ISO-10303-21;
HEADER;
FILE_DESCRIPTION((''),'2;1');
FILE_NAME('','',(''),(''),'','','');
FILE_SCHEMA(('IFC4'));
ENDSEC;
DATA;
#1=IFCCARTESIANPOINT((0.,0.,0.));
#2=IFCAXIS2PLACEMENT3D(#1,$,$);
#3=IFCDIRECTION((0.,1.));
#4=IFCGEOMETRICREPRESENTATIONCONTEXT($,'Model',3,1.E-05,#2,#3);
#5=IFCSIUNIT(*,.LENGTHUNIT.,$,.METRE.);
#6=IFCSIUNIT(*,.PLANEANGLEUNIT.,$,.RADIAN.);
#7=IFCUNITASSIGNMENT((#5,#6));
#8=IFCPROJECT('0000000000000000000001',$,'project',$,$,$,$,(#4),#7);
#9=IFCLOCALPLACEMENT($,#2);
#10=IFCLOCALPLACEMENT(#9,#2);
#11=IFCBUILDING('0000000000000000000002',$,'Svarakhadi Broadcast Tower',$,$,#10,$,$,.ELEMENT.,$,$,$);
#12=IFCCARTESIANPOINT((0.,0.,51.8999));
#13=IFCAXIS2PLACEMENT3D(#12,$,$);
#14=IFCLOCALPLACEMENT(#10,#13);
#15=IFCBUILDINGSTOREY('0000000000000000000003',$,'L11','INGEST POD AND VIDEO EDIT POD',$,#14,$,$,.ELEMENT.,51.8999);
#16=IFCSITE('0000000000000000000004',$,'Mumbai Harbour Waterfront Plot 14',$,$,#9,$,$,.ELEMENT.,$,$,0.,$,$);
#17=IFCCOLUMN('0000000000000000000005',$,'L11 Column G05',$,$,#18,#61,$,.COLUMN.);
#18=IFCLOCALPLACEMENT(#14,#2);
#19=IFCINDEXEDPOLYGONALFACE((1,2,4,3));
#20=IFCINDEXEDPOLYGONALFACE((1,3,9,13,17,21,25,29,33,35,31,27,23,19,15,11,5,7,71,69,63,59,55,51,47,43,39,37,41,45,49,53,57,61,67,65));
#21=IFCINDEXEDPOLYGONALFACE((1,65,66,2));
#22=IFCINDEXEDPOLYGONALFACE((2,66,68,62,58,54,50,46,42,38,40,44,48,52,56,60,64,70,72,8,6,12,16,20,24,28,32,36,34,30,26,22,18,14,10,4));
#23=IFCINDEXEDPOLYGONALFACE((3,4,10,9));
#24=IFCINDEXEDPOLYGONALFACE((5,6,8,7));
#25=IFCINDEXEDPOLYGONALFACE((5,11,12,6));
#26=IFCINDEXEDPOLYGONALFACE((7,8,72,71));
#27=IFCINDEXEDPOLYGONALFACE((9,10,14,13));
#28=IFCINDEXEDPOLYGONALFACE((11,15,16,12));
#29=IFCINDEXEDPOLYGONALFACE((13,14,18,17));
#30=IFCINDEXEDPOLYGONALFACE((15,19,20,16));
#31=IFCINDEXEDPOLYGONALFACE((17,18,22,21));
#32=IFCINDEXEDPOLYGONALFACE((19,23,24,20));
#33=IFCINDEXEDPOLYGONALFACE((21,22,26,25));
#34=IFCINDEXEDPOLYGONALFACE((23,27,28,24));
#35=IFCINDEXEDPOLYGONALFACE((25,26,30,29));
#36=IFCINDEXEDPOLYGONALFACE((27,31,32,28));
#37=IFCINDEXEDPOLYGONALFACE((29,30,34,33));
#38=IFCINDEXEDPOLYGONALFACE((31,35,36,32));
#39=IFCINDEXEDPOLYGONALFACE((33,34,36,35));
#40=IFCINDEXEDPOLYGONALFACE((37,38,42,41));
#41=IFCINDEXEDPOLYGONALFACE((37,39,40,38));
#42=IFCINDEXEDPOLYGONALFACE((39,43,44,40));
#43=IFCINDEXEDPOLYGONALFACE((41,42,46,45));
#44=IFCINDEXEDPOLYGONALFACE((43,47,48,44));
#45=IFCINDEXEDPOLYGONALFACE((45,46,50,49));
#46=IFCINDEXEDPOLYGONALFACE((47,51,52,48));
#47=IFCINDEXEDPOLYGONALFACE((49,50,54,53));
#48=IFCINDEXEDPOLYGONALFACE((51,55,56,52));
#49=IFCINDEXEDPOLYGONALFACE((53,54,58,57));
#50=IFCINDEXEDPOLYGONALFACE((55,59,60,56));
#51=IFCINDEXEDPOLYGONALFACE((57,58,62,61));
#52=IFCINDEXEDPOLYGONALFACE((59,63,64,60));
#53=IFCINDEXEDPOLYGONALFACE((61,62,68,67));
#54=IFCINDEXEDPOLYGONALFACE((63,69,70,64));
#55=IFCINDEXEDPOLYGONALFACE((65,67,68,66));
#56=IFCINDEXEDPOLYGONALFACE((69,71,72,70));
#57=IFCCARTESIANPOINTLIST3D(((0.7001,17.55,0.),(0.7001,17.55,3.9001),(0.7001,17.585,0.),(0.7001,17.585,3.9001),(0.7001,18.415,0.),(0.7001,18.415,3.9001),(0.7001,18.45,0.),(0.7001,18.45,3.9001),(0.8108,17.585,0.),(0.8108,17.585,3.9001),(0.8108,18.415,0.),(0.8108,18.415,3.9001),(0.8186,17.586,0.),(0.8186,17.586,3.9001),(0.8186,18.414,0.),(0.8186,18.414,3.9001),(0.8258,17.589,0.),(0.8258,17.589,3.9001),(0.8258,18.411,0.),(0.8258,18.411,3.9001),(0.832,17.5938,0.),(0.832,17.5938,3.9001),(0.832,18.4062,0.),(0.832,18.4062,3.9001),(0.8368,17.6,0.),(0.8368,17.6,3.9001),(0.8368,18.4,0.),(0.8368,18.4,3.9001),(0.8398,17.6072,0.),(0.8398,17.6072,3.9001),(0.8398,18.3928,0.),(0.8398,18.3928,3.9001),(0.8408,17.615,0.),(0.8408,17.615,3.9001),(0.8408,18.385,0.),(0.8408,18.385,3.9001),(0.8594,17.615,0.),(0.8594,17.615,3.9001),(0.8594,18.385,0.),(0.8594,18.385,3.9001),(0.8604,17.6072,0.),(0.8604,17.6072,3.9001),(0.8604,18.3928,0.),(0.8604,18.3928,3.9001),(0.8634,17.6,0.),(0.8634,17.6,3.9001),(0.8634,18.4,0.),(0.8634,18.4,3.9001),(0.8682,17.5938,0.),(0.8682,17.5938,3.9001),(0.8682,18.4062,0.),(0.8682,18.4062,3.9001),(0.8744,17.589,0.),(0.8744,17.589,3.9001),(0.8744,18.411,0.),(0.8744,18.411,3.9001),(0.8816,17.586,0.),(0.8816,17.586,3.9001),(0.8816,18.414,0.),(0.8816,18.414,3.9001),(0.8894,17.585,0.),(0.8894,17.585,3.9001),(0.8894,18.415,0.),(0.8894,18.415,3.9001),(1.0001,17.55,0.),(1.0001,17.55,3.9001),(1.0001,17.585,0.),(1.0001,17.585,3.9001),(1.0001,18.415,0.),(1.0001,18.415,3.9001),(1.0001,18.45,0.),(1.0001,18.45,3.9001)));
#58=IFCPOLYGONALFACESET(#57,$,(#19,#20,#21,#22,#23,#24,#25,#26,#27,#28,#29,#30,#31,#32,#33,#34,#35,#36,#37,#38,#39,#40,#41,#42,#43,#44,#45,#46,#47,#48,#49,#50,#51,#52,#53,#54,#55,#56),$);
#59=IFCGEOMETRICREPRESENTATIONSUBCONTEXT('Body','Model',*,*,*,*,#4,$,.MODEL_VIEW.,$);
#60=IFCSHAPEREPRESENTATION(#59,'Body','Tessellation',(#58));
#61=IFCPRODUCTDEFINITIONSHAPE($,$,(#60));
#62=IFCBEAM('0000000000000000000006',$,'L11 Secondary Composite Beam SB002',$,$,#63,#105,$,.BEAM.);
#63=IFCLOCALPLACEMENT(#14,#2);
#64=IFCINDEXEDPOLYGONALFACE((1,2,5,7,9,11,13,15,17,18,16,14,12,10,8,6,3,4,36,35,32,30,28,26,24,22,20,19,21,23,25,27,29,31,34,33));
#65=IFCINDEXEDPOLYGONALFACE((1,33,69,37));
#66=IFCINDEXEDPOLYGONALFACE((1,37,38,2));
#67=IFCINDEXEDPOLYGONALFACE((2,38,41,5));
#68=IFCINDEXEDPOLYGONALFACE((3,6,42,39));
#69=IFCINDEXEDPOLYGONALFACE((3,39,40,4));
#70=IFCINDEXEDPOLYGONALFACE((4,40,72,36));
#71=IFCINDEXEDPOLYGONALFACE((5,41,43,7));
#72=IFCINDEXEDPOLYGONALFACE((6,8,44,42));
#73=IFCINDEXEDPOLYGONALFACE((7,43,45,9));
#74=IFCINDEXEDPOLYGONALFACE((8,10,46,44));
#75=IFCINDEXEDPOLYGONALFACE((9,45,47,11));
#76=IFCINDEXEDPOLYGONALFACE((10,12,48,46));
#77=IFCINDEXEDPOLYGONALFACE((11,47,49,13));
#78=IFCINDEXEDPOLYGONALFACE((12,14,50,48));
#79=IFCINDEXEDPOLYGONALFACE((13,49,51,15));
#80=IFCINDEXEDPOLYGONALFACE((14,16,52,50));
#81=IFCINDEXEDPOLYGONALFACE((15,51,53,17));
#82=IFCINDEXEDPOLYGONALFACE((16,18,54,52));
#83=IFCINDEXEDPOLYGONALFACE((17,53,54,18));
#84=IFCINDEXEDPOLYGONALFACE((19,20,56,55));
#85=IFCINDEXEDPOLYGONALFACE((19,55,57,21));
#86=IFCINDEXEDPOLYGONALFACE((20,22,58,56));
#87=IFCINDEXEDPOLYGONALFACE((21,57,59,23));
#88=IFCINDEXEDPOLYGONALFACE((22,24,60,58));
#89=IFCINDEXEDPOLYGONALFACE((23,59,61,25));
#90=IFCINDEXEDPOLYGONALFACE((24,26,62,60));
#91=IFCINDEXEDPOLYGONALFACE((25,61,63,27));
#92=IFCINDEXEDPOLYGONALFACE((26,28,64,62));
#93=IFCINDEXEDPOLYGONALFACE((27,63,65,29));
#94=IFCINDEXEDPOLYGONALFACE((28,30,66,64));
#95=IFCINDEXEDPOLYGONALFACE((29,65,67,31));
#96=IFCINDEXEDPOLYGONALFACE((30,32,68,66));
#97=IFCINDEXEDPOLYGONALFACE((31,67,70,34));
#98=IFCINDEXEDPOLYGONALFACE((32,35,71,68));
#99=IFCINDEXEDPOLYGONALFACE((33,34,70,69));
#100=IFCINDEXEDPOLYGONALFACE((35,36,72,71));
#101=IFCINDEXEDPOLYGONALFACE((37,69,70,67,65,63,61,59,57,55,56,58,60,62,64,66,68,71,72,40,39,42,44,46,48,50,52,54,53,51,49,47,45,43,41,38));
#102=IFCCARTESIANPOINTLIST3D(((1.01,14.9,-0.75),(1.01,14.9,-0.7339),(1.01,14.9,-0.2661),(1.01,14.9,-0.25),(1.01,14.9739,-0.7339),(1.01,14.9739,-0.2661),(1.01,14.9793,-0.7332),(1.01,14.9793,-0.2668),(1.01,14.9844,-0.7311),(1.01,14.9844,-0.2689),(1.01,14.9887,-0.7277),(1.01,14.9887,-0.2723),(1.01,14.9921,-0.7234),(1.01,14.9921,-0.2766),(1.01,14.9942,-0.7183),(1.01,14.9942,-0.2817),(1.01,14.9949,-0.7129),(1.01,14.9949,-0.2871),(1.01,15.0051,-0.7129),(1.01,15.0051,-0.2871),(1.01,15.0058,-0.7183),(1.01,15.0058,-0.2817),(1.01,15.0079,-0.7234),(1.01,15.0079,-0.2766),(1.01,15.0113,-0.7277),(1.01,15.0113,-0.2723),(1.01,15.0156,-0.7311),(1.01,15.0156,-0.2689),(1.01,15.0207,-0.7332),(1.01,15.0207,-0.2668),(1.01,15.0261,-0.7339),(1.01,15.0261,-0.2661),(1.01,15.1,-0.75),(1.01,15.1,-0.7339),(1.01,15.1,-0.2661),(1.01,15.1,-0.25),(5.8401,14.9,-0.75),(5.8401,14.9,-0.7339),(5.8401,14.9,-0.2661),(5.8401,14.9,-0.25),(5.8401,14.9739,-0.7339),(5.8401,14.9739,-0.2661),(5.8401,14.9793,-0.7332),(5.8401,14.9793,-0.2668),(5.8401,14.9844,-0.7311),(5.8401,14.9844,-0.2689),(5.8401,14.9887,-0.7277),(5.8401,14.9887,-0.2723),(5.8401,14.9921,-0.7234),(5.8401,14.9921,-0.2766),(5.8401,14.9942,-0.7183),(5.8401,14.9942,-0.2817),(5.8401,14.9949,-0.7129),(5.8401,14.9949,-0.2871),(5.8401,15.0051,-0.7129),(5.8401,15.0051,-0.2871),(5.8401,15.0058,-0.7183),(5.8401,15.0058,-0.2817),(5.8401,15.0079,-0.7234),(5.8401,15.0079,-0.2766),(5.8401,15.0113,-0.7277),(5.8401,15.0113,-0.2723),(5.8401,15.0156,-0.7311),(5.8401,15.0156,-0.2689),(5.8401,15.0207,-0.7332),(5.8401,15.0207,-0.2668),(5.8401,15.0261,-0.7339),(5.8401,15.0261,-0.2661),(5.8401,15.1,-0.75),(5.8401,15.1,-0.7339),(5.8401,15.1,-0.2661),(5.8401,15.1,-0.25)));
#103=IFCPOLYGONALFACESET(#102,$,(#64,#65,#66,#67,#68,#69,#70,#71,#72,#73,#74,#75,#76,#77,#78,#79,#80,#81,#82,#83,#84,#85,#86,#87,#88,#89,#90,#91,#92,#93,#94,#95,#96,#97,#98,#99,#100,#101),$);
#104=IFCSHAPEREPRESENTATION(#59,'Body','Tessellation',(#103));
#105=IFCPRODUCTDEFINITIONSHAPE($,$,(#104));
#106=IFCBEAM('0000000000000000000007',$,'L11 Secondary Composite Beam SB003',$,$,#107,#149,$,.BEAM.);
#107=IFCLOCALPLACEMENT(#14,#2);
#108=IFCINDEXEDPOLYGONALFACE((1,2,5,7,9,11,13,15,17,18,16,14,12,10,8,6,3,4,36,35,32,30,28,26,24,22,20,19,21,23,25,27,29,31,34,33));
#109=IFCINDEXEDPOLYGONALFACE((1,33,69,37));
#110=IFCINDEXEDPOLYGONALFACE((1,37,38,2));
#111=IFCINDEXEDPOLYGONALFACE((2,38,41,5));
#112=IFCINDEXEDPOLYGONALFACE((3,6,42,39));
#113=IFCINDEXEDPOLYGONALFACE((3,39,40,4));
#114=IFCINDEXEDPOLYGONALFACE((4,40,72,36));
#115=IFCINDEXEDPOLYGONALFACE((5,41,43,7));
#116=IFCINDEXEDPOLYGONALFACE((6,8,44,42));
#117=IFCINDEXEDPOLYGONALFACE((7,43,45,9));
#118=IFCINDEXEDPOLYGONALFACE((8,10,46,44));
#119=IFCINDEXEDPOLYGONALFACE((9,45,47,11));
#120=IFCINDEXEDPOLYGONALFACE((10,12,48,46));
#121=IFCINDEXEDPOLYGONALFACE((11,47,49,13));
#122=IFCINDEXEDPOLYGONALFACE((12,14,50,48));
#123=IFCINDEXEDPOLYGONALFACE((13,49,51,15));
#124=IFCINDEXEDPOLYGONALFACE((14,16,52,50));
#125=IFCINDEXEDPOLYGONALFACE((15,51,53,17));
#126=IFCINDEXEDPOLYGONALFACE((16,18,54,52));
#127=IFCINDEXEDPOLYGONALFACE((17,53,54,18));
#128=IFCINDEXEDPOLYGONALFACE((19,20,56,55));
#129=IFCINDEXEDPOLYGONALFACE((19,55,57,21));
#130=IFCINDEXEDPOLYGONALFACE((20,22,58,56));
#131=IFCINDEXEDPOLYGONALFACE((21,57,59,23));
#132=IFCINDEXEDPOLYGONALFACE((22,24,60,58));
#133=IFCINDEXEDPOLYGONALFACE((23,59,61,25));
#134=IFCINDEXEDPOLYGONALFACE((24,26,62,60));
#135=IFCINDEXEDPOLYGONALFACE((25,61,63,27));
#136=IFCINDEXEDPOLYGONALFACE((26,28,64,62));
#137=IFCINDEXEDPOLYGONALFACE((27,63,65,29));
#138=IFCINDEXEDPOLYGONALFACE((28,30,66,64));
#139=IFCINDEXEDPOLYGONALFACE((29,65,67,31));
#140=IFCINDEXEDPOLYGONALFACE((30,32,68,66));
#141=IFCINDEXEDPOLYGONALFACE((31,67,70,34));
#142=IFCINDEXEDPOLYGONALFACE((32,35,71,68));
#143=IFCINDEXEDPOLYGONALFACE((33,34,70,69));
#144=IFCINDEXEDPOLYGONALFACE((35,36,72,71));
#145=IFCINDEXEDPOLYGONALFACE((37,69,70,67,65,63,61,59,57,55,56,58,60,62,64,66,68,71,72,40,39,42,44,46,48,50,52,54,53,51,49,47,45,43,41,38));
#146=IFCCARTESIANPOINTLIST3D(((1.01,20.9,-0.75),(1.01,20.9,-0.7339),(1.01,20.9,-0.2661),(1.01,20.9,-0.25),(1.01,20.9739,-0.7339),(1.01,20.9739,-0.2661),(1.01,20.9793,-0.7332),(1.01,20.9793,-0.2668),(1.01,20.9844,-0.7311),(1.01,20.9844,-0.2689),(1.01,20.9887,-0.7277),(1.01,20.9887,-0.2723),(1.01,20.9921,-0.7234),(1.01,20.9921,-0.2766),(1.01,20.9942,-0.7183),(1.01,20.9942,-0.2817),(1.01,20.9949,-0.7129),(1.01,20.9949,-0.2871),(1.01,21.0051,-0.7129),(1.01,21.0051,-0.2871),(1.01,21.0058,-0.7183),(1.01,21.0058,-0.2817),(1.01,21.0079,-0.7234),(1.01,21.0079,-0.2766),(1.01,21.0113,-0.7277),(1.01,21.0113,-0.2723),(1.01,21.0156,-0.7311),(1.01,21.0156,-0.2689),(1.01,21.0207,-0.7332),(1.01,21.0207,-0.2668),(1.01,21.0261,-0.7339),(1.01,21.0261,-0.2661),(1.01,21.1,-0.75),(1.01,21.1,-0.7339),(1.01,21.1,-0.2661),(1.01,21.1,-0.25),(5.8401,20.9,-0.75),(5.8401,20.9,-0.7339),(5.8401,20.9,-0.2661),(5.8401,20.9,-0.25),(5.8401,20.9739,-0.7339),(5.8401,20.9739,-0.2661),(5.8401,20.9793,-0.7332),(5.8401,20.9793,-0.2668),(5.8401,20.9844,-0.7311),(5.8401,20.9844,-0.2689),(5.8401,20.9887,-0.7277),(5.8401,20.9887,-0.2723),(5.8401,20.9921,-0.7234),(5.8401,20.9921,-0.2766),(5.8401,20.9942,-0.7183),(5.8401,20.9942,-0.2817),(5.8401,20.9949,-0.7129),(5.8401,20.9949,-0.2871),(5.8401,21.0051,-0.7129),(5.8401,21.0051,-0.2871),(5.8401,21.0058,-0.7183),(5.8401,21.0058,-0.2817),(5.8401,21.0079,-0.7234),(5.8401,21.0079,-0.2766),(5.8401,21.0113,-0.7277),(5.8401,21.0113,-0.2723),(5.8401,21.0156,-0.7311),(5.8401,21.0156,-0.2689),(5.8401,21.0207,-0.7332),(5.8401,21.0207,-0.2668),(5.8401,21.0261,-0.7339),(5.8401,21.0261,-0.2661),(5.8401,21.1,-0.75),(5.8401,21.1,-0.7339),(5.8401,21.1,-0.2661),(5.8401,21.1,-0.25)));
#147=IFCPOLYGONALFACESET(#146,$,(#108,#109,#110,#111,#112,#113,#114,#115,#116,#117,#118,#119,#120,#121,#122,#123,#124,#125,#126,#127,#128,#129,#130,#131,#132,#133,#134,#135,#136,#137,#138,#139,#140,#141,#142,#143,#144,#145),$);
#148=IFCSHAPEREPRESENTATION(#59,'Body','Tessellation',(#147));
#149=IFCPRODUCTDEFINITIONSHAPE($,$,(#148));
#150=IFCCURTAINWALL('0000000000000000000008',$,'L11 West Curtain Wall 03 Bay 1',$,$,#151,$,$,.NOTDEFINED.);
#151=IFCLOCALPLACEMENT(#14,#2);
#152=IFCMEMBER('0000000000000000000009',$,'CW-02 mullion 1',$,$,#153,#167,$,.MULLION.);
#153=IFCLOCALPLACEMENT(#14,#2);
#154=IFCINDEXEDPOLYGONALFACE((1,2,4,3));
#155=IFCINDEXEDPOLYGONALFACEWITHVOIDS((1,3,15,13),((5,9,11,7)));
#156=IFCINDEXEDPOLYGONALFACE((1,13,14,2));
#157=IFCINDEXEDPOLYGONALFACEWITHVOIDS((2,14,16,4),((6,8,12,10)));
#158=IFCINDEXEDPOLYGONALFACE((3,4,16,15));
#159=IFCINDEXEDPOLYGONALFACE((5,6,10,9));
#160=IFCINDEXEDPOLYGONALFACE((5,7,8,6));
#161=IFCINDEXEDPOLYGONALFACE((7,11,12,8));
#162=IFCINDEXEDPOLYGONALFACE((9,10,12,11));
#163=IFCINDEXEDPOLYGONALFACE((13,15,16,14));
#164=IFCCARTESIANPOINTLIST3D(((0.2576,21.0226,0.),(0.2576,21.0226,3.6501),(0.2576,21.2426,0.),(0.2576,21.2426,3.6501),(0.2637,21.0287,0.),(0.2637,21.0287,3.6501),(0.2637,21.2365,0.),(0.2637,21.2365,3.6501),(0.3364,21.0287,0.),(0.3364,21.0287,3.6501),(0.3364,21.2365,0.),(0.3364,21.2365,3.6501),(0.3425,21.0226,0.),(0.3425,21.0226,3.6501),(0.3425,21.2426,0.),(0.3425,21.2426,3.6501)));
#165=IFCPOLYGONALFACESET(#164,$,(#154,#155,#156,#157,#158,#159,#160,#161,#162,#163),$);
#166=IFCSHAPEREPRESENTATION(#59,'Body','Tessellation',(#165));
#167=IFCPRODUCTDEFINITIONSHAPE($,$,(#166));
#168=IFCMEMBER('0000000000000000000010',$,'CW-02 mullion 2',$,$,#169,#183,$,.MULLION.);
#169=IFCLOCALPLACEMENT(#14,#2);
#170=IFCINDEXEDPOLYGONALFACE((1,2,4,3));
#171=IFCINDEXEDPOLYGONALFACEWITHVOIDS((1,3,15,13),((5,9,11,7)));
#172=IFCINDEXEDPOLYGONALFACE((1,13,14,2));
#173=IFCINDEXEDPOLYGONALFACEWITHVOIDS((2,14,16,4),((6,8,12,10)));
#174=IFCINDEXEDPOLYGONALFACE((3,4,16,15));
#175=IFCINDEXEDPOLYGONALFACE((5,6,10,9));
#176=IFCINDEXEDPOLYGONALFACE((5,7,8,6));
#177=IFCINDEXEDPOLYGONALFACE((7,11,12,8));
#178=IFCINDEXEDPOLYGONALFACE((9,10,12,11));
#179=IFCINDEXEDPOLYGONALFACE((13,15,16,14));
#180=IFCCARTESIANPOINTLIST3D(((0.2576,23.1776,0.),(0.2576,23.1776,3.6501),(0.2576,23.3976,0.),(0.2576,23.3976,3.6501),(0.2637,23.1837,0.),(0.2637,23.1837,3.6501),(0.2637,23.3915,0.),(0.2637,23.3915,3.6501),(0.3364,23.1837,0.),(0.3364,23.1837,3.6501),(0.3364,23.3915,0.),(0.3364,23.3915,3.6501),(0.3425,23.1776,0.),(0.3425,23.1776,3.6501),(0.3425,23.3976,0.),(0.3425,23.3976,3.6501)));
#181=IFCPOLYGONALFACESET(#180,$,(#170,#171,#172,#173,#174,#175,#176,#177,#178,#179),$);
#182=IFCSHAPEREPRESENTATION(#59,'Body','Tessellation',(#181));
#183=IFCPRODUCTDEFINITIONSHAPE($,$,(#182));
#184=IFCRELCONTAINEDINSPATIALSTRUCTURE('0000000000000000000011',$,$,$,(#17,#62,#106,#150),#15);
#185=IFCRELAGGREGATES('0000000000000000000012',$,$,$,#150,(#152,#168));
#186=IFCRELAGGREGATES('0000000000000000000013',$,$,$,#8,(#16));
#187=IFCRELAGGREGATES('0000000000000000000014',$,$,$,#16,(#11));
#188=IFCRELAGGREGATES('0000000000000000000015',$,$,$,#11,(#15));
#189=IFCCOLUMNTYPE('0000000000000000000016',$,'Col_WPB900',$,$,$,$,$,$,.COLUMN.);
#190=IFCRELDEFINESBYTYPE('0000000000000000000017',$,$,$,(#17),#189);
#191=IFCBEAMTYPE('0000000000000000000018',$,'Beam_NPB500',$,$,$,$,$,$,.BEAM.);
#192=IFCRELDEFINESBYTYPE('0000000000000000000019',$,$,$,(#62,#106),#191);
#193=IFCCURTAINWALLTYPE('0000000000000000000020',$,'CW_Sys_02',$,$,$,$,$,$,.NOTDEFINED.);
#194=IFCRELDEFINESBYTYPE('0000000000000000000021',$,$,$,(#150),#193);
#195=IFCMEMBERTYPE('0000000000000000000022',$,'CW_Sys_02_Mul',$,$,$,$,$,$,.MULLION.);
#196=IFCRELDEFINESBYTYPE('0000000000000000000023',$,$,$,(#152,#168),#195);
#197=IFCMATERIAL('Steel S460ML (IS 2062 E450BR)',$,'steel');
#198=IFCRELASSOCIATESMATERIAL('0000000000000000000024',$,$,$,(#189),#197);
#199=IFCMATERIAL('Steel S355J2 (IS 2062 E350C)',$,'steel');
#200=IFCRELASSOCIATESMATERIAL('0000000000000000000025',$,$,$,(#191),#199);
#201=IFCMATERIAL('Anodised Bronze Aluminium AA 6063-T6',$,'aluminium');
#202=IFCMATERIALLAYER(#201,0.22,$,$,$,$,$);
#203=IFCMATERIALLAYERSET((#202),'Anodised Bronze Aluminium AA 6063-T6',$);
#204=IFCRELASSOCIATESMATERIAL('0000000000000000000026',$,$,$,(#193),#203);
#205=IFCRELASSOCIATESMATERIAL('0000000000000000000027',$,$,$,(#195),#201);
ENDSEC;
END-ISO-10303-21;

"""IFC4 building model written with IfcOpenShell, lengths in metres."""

from ifc_helpers import new_model, si_unit, direction, frame, origin, origin_2d, place, context, subcontext, project, spatial, hollow_rectangle, i_section, extrude, material, layer, layer_set, material_profile, profile_set, type_object, element, aggregate, save


model = new_model("IFC4")

# Units and contexts
model_context = context("Model", 3, precision=1e-05, world=origin(), true_north=direction((0.0, 1.0)))
body_context = subcontext(model_context, "Body", "Model", "MODEL_VIEW")
ifc_project = project(units=[si_unit("LENGTHUNIT", "METRE"), si_unit("PLANEANGLEUNIT", "RADIAN")], contexts=[model_context])

# Site, building, storey
site_placement = place(None, origin())
site = spatial("IfcSite", under=ifc_project, at=site_placement, Name="Mumbai Harbour Waterfront Plot 14", CompositionType="ELEMENT", RefElevation=0.0)
building_placement = place(site_placement, origin())
building = spatial("IfcBuilding", under=site, at=building_placement, Name="Svarakhadi Broadcast Tower", CompositionType="ELEMENT")
storey_placement = place(building_placement, frame((0.0, 0.0, 51.8999)))
storey = spatial("IfcBuildingStorey", under=building, at=storey_placement, Name="L11", Description="INGEST POD AND VIDEO EDIT POD", CompositionType="ELEMENT", Elevation=51.8999)

# Column
ifc_material_1 = material(Name="Steel S460ML (IS 2062 E450BR)", Category="steel")
ifc_material_profile_1 = material_profile(ifc_material_1, i_section(OverallWidth=0.3, OverallDepth=0.8999, WebThickness=0.0186, FlangeThickness=0.0349, FilletRadius=0.03, at=origin_2d()), Name="WPB 900x300x291")
ifc_profile_set_1 = profile_set([ifc_material_profile_1], Name="Steel S460ML (IS 2062 E450BR)")
column_type = type_object("IfcColumnType", Name="Col_WPB900", PredefinedType="COLUMN", material=ifc_profile_set_1)
column_placement = place(storey_placement, frame((0.8501, 18.0, 0.0), z_axis=(0.0, 0.0, 1.0), x_axis=(1.0, 0.0, 0.0)))
element("IfcColumn", 1, at=column_placement, inside=storey, type_object=column_type, Name="L11 Column G05", PredefinedType="COLUMN", context=body_context, shape_type="SweptSolid", body=[
    extrude(i_section(OverallWidth=0.3, OverallDepth=0.8999, WebThickness=0.0186, FlangeThickness=0.0349, FilletRadius=0.03, at=origin_2d()), origin(), (0.0, 0.0, 1.0), 3.9001),
])

# Beams
ifc_material_2 = material(Name="Steel S355J2 (IS 2062 E350C)", Category="steel")
ifc_material_profile_2 = material_profile(ifc_material_2, i_section(OverallWidth=0.2, OverallDepth=0.5, WebThickness=0.0103, FlangeThickness=0.0161, FilletRadius=0.021, at=origin_2d()), Name="NPB 500x200x91")
ifc_profile_set_2 = profile_set([ifc_material_profile_2], Name="Steel S355J2 (IS 2062 E350C)")
beam_type_1 = type_object("IfcBeamType", Name="Beam_NPB500", PredefinedType="BEAM", material=ifc_profile_set_2)
for number, where, z_axis, x_axis, name in (
    (2, (1.01, 15.0, -0.5), (1.0, 0.0, 0.0), (0.0, 1.0, 0.0), "L11 Secondary Composite Beam SB002"),
    (3, (1.01, 21.0, -0.5), (1.0, 0.0, 0.0), (0.0, 1.0, 0.0), "L11 Secondary Composite Beam SB003"),
):
    element("IfcBeam", number, at=place(storey_placement, frame(where, z_axis=z_axis, x_axis=x_axis)), inside=storey, type_object=beam_type_1, Name=name, PredefinedType="BEAM", context=body_context, shape_type="SweptSolid", body=[
        extrude(i_section(OverallWidth=0.2, OverallDepth=0.5, WebThickness=0.0103, FlangeThickness=0.0161, FilletRadius=0.021, at=origin_2d()), origin(), (0.0, 0.0, 1.0), 4.8301),
    ])

# Curtain wall, members
ifc_material_3 = material(Name="Anodised Bronze Aluminium AA 6063-T6", Category="aluminium")
ifc_layer_1 = layer(ifc_material_3, 0.22)
ifc_layer_set_1 = layer_set([ifc_layer_1], Name="Anodised Bronze Aluminium AA 6063-T6")
curtain_wall_type = type_object("IfcCurtainWallType", Name="CW_Sys_02", PredefinedType="NOTDEFINED", material=ifc_layer_set_1)
curtain_wall_placement = place(storey_placement, origin())
curtain_wall = element("IfcCurtainWall", 4, at=curtain_wall_placement, inside=storey, type_object=curtain_wall_type, Name="L11 West Curtain Wall 03 Bay 1", PredefinedType="NOTDEFINED")
ifc_material_profile_3 = material_profile(ifc_material_3, hollow_rectangle(XDim=0.085, YDim=0.22, WallThickness=0.0061, at=origin_2d()), Name="ALU MULLION 220x85x6")
ifc_profile_set_3 = profile_set([ifc_material_profile_3], Name="Anodised Bronze Aluminium AA 6063-T6")
member_type_1 = type_object("IfcMemberType", Name="CW_Sys_02_Mul", PredefinedType="MULLION", material=ifc_profile_set_3)
member_1_placement = place(storey_placement, frame((0.3, 21.1326, 0.0), z_axis=(0.0, 0.0, 1.0), x_axis=(-1.0, 0.0, 0.0)))
member_1 = element("IfcMember", 5, at=member_1_placement, type_object=member_type_1, Name="CW-02 mullion 1", PredefinedType="MULLION", context=body_context, shape_type="SweptSolid", body=[
    extrude(hollow_rectangle(XDim=0.085, YDim=0.22, WallThickness=0.0061, at=origin_2d()), origin(), (0.0, 0.0, 1.0), 3.6501),
])
member_2_placement = place(storey_placement, frame((0.3, 23.2876, 0.0), z_axis=(0.0, 0.0, 1.0), x_axis=(-1.0, 0.0, 0.0)))
member_2 = element("IfcMember", 6, at=member_2_placement, type_object=member_type_1, Name="CW-02 mullion 2", PredefinedType="MULLION", context=body_context, shape_type="SweptSolid", body=[
    extrude(hollow_rectangle(XDim=0.085, YDim=0.22, WallThickness=0.0061, at=origin_2d()), origin(), (0.0, 0.0, 1.0), 3.6501),
])

aggregate(curtain_wall, [member_1, member_2])

save(model, "model.ifc")
